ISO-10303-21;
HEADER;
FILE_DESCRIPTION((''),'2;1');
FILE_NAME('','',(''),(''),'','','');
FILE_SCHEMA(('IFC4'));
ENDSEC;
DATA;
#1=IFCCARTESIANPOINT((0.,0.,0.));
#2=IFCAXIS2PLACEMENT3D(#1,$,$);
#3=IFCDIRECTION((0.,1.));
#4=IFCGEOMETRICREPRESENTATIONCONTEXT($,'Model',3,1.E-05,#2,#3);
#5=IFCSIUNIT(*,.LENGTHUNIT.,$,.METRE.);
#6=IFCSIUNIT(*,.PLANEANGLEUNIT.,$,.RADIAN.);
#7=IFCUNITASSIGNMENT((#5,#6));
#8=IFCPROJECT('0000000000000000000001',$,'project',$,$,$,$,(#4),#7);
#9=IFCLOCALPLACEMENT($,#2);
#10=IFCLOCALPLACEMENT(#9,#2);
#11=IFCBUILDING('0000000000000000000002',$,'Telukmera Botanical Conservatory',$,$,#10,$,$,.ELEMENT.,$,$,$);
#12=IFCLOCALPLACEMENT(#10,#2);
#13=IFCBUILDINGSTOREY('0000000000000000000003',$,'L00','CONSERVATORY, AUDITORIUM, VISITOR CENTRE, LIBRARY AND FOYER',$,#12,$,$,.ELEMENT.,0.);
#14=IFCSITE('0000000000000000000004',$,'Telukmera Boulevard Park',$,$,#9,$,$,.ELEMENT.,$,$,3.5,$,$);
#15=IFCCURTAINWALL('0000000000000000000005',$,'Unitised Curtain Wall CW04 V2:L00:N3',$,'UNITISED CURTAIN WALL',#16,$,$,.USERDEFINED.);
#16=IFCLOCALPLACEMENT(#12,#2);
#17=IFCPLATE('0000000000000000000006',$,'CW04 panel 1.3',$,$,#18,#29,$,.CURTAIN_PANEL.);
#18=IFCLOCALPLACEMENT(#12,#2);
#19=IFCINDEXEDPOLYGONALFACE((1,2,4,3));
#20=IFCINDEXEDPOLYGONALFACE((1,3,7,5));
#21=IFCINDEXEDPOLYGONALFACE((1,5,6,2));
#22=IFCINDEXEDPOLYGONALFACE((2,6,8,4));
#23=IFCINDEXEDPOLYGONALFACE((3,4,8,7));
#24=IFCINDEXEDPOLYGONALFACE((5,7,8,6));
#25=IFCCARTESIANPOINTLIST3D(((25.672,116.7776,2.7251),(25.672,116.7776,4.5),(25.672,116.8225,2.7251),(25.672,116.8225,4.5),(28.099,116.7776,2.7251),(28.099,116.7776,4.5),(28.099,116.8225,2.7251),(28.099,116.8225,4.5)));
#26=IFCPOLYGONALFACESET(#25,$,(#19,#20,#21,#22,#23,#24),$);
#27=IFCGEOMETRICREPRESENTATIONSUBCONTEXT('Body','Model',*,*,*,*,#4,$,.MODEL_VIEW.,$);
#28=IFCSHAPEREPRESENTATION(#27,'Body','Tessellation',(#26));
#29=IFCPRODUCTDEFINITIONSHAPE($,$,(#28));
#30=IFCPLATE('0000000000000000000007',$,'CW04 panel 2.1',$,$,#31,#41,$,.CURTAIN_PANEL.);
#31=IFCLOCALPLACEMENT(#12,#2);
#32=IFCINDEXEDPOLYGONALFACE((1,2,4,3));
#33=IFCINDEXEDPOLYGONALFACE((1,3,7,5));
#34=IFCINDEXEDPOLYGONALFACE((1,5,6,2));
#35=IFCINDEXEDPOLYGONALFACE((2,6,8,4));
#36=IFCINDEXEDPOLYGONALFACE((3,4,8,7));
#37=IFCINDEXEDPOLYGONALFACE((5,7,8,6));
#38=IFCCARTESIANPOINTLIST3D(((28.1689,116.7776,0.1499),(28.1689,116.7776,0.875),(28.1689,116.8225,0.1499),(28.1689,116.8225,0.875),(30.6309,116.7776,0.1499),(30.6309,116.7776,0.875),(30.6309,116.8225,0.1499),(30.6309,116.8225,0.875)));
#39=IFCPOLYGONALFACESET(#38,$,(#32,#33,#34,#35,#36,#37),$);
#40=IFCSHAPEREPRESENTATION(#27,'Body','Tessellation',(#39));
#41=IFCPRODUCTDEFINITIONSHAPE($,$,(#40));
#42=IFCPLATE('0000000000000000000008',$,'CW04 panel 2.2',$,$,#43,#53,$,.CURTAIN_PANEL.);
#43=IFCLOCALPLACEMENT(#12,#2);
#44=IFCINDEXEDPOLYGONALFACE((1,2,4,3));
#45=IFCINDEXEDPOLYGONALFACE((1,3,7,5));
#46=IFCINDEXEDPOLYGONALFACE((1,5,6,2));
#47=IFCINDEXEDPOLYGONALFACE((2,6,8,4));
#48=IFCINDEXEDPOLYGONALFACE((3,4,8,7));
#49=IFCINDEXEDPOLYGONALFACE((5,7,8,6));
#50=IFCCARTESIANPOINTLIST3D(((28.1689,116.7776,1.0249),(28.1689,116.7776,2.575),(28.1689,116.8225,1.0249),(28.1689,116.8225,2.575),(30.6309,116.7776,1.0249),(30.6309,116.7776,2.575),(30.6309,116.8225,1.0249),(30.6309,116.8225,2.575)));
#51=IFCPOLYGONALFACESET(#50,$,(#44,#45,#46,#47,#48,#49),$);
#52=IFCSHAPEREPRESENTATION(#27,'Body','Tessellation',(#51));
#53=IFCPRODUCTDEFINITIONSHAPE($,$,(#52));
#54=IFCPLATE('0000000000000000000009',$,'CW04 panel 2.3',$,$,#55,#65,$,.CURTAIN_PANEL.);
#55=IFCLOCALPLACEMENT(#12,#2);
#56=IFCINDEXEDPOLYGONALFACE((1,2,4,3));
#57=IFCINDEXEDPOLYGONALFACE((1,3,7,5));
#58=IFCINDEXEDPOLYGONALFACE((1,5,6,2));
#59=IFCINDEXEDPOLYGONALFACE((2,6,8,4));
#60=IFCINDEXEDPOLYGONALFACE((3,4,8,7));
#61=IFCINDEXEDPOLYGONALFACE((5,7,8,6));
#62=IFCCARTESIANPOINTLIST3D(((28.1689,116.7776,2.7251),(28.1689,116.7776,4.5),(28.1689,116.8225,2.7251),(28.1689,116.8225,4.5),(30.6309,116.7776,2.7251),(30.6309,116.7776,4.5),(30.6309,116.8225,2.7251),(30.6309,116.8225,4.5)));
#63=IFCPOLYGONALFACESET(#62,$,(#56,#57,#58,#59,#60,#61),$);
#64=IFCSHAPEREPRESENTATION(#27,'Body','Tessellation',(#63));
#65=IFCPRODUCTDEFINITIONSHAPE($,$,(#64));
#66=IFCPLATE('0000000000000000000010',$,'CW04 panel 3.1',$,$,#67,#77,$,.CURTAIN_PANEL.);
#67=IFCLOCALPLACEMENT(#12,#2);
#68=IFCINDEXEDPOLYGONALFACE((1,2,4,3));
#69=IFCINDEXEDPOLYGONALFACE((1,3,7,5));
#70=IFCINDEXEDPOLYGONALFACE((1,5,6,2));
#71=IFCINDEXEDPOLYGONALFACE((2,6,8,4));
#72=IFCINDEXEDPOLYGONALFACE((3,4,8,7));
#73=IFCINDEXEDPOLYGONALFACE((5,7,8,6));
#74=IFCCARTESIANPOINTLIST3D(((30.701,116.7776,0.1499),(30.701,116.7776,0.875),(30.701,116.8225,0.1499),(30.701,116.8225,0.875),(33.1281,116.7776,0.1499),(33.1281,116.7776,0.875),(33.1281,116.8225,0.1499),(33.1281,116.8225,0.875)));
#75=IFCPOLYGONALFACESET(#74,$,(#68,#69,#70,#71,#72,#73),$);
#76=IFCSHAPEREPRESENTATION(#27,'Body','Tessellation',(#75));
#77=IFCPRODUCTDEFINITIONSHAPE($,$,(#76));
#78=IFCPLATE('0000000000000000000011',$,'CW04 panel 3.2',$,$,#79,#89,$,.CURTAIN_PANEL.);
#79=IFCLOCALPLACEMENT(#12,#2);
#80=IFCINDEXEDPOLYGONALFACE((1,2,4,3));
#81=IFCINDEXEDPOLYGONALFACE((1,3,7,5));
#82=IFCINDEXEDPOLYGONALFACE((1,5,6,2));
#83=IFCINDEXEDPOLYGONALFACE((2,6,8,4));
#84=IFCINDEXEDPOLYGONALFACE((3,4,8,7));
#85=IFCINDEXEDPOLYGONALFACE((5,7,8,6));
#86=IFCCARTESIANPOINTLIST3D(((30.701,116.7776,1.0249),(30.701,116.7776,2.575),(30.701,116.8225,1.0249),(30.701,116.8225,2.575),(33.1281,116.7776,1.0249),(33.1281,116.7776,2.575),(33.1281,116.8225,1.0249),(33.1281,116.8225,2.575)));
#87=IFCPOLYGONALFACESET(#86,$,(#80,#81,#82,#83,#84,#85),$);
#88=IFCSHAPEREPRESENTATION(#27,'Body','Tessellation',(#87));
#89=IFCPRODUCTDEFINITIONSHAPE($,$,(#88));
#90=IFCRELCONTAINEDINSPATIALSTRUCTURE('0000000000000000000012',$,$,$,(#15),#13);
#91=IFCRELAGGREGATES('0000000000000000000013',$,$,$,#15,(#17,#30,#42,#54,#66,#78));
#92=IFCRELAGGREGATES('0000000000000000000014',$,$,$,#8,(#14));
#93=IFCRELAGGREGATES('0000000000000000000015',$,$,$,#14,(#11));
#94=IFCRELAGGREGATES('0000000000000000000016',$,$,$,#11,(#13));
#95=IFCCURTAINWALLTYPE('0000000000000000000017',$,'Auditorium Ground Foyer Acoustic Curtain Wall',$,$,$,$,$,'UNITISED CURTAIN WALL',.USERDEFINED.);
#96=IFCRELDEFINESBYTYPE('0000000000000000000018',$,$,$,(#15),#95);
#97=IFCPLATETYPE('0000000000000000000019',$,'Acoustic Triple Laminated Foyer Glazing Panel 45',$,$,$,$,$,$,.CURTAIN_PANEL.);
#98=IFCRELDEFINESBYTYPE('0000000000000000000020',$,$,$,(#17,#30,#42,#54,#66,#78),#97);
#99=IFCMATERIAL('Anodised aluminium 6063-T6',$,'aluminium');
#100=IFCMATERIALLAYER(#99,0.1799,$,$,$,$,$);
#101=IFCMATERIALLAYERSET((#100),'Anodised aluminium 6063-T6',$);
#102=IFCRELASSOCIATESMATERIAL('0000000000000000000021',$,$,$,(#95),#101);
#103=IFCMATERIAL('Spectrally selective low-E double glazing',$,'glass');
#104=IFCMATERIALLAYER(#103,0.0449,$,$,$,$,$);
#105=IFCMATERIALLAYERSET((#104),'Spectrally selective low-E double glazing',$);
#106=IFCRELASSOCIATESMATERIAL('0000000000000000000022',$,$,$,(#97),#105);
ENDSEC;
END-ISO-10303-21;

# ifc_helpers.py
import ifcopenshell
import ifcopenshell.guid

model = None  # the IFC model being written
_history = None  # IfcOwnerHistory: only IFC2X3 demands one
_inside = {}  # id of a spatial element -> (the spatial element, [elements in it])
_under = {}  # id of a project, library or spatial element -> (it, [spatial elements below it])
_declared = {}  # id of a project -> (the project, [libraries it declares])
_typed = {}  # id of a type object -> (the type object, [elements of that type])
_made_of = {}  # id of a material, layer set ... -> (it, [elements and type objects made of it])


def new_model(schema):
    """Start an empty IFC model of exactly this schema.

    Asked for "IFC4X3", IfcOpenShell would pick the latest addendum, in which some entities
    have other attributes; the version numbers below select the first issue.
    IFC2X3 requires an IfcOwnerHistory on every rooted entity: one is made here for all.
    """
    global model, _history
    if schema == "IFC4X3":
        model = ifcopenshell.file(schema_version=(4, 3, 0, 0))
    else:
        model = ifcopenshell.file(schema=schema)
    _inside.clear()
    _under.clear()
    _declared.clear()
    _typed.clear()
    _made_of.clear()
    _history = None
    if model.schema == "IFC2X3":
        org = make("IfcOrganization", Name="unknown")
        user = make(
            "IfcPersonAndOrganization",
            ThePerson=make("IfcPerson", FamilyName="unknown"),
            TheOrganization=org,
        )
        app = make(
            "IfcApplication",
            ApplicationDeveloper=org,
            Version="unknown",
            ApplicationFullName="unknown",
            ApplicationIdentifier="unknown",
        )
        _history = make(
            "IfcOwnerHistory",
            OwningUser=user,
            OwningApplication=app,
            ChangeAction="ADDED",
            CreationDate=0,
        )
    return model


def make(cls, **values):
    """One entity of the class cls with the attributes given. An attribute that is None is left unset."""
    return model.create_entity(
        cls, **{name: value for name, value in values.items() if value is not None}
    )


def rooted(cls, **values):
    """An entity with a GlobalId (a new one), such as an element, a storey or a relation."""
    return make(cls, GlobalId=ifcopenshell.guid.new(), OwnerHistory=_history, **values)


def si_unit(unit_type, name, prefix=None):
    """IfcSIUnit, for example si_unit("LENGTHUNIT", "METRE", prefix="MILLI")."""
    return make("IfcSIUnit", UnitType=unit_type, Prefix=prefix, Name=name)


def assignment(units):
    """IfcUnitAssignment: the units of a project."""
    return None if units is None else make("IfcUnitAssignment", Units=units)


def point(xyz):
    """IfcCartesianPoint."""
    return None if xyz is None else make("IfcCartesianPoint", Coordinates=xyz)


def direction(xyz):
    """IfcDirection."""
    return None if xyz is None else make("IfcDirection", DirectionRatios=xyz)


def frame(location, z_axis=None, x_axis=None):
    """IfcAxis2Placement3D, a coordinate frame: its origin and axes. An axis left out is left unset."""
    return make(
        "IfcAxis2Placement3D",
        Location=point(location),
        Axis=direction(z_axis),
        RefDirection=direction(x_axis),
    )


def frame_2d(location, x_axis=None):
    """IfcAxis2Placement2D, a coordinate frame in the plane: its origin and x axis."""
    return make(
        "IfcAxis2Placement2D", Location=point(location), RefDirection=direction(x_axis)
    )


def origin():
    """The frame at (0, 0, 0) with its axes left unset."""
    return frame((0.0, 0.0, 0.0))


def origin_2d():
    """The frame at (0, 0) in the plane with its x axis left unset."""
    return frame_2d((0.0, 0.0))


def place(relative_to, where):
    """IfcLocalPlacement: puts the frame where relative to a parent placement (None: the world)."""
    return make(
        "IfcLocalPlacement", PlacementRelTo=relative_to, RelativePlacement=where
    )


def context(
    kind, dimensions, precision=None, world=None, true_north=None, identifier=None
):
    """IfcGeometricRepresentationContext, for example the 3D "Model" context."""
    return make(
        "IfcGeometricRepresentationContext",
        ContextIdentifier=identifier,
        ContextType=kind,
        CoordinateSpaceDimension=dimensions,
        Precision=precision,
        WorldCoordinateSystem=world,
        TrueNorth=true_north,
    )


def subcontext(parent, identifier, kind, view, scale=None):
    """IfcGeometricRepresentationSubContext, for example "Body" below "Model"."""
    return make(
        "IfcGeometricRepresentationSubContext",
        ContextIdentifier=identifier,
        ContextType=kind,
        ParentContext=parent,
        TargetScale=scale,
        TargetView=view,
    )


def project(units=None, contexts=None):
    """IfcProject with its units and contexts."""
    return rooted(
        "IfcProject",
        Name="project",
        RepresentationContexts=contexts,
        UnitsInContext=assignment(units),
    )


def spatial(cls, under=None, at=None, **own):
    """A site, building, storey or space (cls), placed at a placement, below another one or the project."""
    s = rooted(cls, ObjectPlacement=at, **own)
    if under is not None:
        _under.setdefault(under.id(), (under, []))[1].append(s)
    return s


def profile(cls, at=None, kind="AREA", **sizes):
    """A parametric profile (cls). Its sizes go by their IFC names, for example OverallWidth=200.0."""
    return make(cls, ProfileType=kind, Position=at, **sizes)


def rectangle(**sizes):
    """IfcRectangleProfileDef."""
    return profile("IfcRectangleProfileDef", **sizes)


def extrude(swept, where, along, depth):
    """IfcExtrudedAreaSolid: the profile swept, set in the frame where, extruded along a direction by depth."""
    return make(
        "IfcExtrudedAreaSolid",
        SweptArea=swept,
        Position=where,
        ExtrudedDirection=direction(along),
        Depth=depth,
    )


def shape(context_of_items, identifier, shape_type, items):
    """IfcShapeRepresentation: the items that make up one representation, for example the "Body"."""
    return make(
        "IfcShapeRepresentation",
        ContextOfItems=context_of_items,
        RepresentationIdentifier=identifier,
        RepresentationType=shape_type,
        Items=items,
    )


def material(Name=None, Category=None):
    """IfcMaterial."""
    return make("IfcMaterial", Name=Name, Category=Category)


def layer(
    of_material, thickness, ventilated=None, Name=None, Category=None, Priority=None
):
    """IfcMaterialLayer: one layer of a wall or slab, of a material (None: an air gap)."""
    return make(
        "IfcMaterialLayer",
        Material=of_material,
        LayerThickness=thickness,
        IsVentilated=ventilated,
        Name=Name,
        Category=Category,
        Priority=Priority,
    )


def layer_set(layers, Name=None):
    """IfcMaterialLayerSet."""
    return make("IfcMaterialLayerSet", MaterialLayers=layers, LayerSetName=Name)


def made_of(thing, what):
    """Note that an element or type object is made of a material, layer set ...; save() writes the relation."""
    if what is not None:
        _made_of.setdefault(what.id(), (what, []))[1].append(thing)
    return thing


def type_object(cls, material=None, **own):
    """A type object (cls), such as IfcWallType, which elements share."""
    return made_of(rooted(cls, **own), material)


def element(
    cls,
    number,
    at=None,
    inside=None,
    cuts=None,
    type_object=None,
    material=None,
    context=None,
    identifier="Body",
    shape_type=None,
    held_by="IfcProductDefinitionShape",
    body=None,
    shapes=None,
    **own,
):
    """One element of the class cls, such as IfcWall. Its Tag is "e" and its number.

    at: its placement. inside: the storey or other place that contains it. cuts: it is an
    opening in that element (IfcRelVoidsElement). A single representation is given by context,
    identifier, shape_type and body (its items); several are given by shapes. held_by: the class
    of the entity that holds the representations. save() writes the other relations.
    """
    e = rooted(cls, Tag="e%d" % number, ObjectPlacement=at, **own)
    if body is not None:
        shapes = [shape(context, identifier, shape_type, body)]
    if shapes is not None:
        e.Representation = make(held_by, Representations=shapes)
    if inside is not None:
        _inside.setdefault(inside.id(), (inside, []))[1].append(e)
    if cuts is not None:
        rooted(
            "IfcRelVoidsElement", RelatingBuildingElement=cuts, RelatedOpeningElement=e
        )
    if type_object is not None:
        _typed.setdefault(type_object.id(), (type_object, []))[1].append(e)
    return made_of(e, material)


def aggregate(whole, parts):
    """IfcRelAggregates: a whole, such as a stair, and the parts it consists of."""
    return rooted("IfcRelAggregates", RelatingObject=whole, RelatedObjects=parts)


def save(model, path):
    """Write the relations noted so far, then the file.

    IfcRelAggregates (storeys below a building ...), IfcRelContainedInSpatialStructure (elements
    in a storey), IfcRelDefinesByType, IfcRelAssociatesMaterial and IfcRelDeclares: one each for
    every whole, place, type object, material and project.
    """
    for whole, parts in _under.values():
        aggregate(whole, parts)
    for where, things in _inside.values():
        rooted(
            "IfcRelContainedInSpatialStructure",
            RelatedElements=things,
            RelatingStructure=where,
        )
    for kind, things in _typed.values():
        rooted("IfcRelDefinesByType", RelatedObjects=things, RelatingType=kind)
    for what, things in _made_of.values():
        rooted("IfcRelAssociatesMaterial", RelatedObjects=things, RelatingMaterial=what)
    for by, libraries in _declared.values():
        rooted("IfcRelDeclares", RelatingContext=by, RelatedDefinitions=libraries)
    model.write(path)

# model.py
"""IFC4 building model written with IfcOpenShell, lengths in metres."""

from ifc_helpers import new_model, si_unit, direction, frame, origin, origin_2d, place, context, subcontext, project, spatial, rectangle, extrude, material, layer, layer_set, type_object, element, aggregate, save


model = new_model("IFC4")

# Units and contexts
model_context = context("Model", 3, precision=1e-05, world=origin(), true_north=direction((0.0, 1.0)))
body_context = subcontext(model_context, "Body", "Model", "MODEL_VIEW")
ifc_project = project(units=[si_unit("LENGTHUNIT", "METRE"), si_unit("PLANEANGLEUNIT", "RADIAN")], contexts=[model_context])

# Site, building, storey
site_placement = place(None, origin())
site = spatial("IfcSite", under=ifc_project, at=site_placement, Name="Telukmera Boulevard Park", CompositionType="ELEMENT", RefElevation=3.5)
building_placement = place(site_placement, origin())
building = spatial("IfcBuilding", under=site, at=building_placement, Name="Telukmera Botanical Conservatory", CompositionType="ELEMENT")
storey_placement = place(building_placement, origin())
storey = spatial("IfcBuildingStorey", under=building, at=storey_placement, Name="L00", Description="CONSERVATORY, AUDITORIUM, VISITOR CENTRE, LIBRARY AND FOYER", CompositionType="ELEMENT", Elevation=0.0)

# Curtain wall, plates
ifc_material_1 = material(Name="Anodised aluminium 6063-T6", Category="aluminium")
ifc_layer_1 = layer(ifc_material_1, 0.1799)
ifc_layer_set_1 = layer_set([ifc_layer_1], Name="Anodised aluminium 6063-T6")
curtain_wall_type = type_object("IfcCurtainWallType", Name="Auditorium Ground Foyer Acoustic Curtain Wall", ElementType="UNITISED CURTAIN WALL", PredefinedType="USERDEFINED", material=ifc_layer_set_1)
curtain_wall_placement = place(storey_placement, origin())
curtain_wall = element("IfcCurtainWall", 1, at=curtain_wall_placement, inside=storey, type_object=curtain_wall_type, Name="Unitised Curtain Wall CW04 V2:L00:N3", ObjectType="UNITISED CURTAIN WALL", PredefinedType="USERDEFINED")
ifc_material_2 = material(Name="Spectrally selective low-E double glazing", Category="glass")
ifc_layer_2 = layer(ifc_material_2, 0.0449)
ifc_layer_set_2 = layer_set([ifc_layer_2], Name="Spectrally selective low-E double glazing")
plate_type = type_object("IfcPlateType", Name="Acoustic Triple Laminated Foyer Glazing Panel 45", PredefinedType="CURTAIN_PANEL", material=ifc_layer_set_2)
plate_1_placement = place(storey_placement, frame((26.8855, 116.8, 2.7251), z_axis=(0.0, 0.0, 1.0), x_axis=(1.0, 0.0, 0.0)))
plate_1 = element("IfcPlate", 2, at=plate_1_placement, type_object=plate_type, Name="CW04 panel 1.3", PredefinedType="CURTAIN_PANEL", context=body_context, shape_type="SweptSolid", body=[
    extrude(rectangle(XDim=2.427, YDim=0.0449, at=origin_2d()), origin(), (0.0, 0.0, 1.0), 1.7749),
])
plate_2_placement = place(storey_placement, frame((29.3999, 116.8, 0.1499), z_axis=(0.0, 0.0, 1.0), x_axis=(1.0, 0.0, 0.0)))
plate_2 = element("IfcPlate", 3, at=plate_2_placement, type_object=plate_type, Name="CW04 panel 2.1", PredefinedType="CURTAIN_PANEL", context=body_context, shape_type="SweptSolid", body=[
    extrude(rectangle(XDim=2.4619, YDim=0.0449, at=origin_2d()), origin(), (0.0, 0.0, 1.0), 0.7251),
])
plate_3_placement = place(storey_placement, frame((29.3999, 116.8, 1.0249), z_axis=(0.0, 0.0, 1.0), x_axis=(1.0, 0.0, 0.0)))
plate_3 = element("IfcPlate", 4, at=plate_3_placement, type_object=plate_type, Name="CW04 panel 2.2", PredefinedType="CURTAIN_PANEL", context=body_context, shape_type="SweptSolid", body=[
    extrude(rectangle(XDim=2.4619, YDim=0.0449, at=origin_2d()), origin(), (0.0, 0.0, 1.0), 1.55),
])
plate_4_placement = place(storey_placement, frame((29.3999, 116.8, 2.7251), z_axis=(0.0, 0.0, 1.0), x_axis=(1.0, 0.0, 0.0)))
plate_4 = element("IfcPlate", 5, at=plate_4_placement, type_object=plate_type, Name="CW04 panel 2.3", PredefinedType="CURTAIN_PANEL", context=body_context, shape_type="SweptSolid", body=[
    extrude(rectangle(XDim=2.4619, YDim=0.0449, at=origin_2d()), origin(), (0.0, 0.0, 1.0), 1.7749),
])
plate_5_placement = place(storey_placement, frame((31.9146, 116.8, 0.1499), z_axis=(0.0, 0.0, 1.0), x_axis=(1.0, 0.0, 0.0)))
plate_5 = element("IfcPlate", 6, at=plate_5_placement, type_object=plate_type, Name="CW04 panel 3.1", PredefinedType="CURTAIN_PANEL", context=body_context, shape_type="SweptSolid", body=[
    extrude(rectangle(XDim=2.427, YDim=0.0449, at=origin_2d()), origin(), (0.0, 0.0, 1.0), 0.7251),
])
plate_6_placement = place(storey_placement, frame((31.9146, 116.8, 1.0249), z_axis=(0.0, 0.0, 1.0), x_axis=(1.0, 0.0, 0.0)))
plate_6 = element("IfcPlate", 7, at=plate_6_placement, type_object=plate_type, Name="CW04 panel 3.2", PredefinedType="CURTAIN_PANEL", context=body_context, shape_type="SweptSolid", body=[
    extrude(rectangle(XDim=2.427, YDim=0.0449, at=origin_2d()), origin(), (0.0, 0.0, 1.0), 1.55),
])
aggregate(curtain_wall, [plate_1, plate_2, plate_3, plate_4, plate_5, plate_6])

save(model, "model.ifc")
